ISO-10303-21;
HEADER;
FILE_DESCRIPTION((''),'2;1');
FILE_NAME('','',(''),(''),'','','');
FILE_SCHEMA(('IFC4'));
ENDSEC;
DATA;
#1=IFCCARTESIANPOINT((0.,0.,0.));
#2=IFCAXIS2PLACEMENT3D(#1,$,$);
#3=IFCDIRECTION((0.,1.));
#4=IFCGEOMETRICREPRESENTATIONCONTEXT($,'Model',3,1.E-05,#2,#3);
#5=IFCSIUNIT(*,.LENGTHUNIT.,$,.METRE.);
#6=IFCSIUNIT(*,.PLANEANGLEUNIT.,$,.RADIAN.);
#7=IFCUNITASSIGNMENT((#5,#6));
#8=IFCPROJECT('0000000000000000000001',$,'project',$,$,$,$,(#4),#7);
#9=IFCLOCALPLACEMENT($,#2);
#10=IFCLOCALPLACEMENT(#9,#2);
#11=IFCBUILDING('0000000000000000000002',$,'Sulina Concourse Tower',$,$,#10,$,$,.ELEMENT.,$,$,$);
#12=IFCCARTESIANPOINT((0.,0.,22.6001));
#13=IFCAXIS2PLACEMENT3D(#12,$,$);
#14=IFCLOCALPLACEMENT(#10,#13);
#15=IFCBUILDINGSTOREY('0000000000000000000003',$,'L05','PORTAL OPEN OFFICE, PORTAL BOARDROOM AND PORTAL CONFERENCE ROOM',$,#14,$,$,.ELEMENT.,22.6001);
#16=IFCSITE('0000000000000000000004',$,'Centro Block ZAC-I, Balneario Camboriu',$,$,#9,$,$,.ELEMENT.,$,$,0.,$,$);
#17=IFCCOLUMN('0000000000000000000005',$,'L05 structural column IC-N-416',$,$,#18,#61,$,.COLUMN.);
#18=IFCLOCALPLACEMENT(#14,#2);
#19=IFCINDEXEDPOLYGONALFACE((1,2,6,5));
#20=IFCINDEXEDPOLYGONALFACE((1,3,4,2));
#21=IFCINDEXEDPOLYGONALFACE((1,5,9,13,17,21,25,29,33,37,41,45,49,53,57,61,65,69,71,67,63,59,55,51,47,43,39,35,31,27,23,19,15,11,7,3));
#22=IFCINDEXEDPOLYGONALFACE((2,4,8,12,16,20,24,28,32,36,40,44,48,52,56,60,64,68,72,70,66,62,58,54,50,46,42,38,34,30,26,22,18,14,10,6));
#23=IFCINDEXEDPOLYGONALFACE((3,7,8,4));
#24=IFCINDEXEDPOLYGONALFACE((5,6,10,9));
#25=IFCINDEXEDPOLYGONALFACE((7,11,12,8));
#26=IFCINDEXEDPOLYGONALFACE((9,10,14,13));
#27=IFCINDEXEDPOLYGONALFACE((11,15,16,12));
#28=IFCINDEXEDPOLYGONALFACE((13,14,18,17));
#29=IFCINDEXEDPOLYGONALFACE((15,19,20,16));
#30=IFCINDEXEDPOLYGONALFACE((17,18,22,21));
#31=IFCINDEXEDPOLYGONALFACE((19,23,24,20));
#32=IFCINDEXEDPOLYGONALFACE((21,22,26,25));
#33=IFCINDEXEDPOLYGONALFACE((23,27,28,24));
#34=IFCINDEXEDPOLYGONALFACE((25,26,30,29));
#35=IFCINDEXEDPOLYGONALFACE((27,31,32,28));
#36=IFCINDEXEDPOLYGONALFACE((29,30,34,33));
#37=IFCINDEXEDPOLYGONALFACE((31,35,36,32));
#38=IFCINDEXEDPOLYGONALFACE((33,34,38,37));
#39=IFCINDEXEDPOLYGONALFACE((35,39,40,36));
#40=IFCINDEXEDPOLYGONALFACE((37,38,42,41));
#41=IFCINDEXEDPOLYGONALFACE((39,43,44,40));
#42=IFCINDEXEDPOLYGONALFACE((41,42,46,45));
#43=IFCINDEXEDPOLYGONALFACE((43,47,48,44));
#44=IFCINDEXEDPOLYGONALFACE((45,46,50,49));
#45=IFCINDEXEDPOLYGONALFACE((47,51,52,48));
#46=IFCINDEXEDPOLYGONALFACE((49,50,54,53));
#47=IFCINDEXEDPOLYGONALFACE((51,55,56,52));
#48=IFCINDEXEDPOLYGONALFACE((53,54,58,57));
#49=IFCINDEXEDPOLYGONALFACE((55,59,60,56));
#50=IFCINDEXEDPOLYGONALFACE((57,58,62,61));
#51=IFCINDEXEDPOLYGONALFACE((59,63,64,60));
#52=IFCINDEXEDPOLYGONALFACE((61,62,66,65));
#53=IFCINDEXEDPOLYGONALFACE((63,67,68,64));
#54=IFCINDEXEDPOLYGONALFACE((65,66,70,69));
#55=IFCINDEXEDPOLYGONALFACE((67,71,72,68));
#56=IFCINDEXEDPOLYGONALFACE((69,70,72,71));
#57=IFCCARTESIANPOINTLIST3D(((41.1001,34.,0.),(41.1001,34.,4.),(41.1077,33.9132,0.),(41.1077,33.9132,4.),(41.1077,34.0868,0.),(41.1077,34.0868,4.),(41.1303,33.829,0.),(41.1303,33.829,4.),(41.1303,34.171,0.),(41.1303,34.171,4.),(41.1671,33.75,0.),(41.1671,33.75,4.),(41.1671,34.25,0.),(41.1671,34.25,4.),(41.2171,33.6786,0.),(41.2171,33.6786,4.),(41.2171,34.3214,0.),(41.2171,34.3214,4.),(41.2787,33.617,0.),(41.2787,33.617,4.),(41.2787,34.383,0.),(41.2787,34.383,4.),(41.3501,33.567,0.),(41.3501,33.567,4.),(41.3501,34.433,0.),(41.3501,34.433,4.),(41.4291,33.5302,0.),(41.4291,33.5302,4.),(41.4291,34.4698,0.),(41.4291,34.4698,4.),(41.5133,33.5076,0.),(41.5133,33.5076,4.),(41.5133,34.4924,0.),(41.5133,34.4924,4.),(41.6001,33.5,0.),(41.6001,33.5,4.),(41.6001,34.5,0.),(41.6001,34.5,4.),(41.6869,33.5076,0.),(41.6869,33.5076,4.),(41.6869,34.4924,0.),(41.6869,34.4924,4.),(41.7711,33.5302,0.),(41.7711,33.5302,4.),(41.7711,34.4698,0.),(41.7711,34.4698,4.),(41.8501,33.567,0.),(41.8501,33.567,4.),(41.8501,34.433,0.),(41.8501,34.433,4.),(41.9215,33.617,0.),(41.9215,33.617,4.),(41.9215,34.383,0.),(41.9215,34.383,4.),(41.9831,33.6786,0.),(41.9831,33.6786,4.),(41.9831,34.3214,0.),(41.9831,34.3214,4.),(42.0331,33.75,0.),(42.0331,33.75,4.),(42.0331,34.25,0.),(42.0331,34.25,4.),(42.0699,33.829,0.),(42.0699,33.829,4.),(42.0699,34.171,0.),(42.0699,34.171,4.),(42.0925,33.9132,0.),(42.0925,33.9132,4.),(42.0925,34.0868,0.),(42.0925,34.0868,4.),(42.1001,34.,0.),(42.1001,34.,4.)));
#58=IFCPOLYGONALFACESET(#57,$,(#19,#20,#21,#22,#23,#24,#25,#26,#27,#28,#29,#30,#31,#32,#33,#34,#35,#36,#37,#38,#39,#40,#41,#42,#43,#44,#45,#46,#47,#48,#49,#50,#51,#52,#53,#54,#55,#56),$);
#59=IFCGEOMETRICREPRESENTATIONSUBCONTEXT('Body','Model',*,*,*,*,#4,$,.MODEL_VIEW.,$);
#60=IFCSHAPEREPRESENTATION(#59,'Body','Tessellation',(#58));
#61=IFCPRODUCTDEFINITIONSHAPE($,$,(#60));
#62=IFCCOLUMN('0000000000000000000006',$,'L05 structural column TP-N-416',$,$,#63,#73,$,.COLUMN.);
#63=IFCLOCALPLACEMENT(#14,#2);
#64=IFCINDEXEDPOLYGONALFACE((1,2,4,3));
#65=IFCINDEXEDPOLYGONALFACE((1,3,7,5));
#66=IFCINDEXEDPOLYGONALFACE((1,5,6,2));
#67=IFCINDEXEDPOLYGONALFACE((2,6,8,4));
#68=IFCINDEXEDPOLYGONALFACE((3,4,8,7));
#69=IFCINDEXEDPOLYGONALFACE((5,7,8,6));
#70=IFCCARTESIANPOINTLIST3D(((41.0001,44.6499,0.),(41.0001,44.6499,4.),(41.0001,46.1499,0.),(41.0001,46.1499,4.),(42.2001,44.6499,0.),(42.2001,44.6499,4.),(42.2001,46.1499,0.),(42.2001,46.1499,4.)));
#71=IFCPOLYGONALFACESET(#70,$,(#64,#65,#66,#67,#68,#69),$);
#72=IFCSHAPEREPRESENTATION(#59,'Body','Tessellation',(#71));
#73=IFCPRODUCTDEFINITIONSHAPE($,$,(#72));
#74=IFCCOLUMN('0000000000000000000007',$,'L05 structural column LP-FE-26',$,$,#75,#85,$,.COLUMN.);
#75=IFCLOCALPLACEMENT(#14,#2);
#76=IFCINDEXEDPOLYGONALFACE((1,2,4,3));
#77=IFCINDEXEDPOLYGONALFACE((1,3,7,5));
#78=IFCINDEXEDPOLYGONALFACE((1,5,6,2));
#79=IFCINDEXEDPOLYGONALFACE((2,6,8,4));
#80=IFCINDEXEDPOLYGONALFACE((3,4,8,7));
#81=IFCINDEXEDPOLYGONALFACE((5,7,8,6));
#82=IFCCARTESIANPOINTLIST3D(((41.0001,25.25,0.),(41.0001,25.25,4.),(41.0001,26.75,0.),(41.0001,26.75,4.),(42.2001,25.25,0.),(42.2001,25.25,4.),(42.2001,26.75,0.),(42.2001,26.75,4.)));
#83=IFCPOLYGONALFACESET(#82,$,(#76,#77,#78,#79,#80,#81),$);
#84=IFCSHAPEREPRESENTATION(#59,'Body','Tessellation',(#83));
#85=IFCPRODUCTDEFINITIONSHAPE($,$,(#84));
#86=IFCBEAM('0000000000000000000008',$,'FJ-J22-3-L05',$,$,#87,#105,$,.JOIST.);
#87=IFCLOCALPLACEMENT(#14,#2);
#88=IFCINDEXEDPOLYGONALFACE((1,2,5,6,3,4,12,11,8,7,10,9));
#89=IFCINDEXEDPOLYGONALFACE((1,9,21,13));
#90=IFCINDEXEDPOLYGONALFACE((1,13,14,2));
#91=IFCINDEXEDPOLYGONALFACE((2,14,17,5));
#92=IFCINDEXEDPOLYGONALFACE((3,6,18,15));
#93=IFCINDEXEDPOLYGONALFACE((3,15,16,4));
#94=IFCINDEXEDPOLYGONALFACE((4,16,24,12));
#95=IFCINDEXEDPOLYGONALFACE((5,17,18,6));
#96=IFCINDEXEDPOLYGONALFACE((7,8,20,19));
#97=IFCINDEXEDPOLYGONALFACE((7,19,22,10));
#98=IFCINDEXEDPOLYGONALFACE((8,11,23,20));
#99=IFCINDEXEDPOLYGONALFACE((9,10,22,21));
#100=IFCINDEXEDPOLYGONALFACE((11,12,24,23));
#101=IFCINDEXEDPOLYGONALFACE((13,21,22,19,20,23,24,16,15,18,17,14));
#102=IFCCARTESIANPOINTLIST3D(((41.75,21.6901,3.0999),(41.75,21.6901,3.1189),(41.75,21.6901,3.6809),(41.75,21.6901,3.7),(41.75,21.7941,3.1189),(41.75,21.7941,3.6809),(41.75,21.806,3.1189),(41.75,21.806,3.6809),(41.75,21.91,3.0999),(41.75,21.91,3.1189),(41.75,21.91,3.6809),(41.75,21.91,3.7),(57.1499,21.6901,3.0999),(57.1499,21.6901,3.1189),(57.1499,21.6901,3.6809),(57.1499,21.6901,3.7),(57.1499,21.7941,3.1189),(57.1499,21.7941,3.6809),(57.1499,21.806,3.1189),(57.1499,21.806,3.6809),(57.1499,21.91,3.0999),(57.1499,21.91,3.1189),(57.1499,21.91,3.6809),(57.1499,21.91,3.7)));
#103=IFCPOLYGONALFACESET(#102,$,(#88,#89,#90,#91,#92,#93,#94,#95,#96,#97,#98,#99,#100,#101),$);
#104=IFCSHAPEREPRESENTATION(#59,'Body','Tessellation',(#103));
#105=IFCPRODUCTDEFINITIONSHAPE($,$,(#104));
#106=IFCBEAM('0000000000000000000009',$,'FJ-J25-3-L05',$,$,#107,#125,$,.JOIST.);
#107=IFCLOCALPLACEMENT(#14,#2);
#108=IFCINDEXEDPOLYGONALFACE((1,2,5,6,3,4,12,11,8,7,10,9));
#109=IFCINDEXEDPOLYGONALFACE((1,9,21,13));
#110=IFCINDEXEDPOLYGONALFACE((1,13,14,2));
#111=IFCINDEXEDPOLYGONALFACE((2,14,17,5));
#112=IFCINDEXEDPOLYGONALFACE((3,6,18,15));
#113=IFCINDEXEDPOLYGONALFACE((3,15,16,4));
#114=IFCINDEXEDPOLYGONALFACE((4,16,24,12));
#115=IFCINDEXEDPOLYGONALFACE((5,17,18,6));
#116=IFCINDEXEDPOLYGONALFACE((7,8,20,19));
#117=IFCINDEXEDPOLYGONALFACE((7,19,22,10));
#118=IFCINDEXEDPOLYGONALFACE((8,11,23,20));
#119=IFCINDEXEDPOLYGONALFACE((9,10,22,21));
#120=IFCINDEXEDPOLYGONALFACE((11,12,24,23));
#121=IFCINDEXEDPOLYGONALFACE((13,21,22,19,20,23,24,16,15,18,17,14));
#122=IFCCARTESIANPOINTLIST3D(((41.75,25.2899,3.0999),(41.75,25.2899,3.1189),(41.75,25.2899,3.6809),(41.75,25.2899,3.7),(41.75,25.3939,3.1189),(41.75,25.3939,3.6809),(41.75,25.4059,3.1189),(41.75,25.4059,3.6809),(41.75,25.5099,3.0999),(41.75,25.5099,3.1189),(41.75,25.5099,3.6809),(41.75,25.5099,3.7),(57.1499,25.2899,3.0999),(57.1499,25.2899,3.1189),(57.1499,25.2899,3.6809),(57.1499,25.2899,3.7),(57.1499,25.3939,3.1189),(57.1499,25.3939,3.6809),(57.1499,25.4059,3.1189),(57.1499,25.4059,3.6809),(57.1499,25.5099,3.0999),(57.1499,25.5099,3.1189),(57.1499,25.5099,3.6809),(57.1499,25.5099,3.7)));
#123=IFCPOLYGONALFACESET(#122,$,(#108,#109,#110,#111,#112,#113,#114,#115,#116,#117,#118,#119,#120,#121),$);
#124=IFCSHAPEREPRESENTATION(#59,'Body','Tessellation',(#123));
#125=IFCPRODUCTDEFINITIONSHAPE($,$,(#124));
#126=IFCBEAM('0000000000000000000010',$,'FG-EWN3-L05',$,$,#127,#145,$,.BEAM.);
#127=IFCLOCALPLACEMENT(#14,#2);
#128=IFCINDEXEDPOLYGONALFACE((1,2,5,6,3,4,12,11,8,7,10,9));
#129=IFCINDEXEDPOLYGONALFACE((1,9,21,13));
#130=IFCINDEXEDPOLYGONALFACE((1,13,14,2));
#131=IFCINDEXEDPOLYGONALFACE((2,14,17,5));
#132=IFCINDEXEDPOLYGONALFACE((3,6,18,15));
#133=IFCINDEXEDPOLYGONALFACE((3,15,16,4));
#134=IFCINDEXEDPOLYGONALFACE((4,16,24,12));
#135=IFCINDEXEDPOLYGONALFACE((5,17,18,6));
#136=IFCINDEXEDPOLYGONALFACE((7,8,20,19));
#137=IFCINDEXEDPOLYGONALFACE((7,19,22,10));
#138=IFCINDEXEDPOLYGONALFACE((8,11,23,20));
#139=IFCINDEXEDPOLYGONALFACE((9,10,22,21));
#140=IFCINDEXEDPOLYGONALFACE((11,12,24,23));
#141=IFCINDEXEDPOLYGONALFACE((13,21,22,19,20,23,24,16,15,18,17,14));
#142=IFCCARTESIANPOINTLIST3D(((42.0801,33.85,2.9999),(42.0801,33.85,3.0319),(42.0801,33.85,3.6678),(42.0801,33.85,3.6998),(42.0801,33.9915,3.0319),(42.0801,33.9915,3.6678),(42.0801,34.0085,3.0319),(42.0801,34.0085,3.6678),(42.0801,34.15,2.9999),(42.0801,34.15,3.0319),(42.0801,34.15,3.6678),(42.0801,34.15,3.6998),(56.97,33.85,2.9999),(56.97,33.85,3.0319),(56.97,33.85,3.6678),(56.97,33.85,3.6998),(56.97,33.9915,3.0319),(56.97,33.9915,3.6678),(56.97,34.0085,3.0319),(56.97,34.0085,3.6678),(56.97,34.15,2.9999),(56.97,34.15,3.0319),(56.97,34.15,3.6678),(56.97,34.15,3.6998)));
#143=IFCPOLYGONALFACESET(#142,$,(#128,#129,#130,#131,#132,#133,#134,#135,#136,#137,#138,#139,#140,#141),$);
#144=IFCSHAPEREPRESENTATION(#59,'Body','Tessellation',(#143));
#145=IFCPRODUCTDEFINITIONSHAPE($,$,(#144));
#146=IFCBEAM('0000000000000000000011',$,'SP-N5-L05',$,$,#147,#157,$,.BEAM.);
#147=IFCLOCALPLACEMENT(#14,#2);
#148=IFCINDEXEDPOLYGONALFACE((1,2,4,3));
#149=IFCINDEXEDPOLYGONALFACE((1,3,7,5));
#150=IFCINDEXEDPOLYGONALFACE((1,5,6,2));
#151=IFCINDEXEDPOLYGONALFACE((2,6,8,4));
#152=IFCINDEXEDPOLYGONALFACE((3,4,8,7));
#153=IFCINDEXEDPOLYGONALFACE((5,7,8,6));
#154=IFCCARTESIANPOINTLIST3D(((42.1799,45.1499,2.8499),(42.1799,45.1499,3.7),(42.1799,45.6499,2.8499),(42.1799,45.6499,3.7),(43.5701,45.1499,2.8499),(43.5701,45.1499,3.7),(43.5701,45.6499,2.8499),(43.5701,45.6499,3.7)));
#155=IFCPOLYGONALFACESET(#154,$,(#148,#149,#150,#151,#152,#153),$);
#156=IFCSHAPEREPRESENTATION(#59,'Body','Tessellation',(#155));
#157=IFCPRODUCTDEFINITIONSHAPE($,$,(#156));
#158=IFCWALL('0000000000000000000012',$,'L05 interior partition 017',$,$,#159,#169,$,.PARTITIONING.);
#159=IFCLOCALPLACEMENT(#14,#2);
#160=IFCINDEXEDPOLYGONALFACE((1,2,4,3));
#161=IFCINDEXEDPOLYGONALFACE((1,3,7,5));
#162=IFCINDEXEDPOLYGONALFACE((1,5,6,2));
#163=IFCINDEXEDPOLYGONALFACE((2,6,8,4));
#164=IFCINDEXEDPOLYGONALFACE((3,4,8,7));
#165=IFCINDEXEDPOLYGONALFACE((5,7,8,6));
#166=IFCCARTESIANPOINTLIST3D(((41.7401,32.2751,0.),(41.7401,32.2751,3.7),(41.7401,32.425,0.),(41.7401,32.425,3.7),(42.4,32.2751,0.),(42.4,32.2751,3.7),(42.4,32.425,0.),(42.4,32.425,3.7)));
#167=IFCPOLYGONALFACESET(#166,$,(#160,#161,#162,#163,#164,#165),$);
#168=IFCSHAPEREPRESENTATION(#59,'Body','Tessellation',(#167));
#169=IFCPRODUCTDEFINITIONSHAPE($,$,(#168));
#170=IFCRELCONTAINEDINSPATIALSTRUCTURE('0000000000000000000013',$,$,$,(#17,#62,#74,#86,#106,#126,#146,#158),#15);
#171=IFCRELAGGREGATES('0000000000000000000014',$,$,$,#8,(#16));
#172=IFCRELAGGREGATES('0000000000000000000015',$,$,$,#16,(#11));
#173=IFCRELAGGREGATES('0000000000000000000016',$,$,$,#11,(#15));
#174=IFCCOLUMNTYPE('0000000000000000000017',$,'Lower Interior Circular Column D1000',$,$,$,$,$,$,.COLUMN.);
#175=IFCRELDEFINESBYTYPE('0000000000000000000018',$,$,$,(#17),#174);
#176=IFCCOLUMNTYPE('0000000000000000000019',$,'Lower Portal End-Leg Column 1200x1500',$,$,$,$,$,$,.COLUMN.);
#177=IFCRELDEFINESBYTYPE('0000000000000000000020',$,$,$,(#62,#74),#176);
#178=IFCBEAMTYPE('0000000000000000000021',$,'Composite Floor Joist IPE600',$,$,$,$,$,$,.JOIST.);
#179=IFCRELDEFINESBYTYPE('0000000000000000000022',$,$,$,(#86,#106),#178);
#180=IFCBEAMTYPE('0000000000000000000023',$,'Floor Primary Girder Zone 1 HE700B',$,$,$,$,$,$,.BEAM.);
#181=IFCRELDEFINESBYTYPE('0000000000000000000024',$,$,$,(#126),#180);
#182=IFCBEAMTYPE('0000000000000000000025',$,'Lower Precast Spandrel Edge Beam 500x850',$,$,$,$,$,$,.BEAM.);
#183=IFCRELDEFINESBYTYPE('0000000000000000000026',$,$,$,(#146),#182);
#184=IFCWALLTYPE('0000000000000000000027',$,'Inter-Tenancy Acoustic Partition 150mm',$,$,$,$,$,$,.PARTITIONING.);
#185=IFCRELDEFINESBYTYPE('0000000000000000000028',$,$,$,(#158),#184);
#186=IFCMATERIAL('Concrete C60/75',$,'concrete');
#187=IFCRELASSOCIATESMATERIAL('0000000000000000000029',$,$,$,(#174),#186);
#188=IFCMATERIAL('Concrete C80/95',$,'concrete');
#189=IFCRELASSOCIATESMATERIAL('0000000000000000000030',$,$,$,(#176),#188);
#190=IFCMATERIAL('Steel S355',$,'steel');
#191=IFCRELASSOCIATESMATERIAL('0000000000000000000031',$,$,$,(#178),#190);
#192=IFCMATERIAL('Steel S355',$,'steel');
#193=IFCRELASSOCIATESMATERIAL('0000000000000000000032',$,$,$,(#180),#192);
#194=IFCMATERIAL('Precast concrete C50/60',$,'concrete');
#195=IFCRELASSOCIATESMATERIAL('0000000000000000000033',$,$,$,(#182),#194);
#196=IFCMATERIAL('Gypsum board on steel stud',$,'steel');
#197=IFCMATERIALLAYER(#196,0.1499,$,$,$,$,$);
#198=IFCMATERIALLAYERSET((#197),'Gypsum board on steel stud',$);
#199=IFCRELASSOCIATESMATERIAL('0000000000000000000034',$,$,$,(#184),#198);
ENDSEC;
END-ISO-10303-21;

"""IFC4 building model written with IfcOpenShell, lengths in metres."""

from ifc_helpers import new_model, si_unit, direction, frame, frame_2d, origin, origin_2d, place, context, subcontext, project, spatial, rectangle, circle, i_section, extrude, material, layer, layer_set, material_profile, profile_set, type_object, element, save


model = new_model("IFC4")

# Units and contexts
model_context = context("Model", 3, precision=1e-05, world=origin(), true_north=direction((0.0, 1.0)))
body_context = subcontext(model_context, "Body", "Model", "MODEL_VIEW")
ifc_project = project(units=[si_unit("LENGTHUNIT", "METRE"), si_unit("PLANEANGLEUNIT", "RADIAN")], contexts=[model_context])

# Site, building, storey
site_placement = place(None, origin())
site = spatial("IfcSite", under=ifc_project, at=site_placement, Name="Centro Block ZAC-I, Balneario Camboriu", CompositionType="ELEMENT", RefElevation=0.0)
building_placement = place(site_placement, origin())
building = spatial("IfcBuilding", under=site, at=building_placement, Name="Sulina Concourse Tower", CompositionType="ELEMENT")
storey_placement = place(building_placement, frame((0.0, 0.0, 22.6001)))
storey = spatial("IfcBuildingStorey", under=building, at=storey_placement, Name="L05", Description="PORTAL OPEN OFFICE, PORTAL BOARDROOM AND PORTAL CONFERENCE ROOM", CompositionType="ELEMENT", Elevation=22.6001)

# Columns
ifc_material_1 = material(Name="Concrete C60/75", Category="concrete")
ifc_material_profile_1 = material_profile(ifc_material_1, circle(Radius=0.5, at=origin_2d()), Name="RC D1000")
ifc_profile_set_1 = profile_set([ifc_material_profile_1], Name="Concrete C60/75")
column_type_1 = type_object("IfcColumnType", Name="Lower Interior Circular Column D1000", PredefinedType="COLUMN", material=ifc_profile_set_1)
column_placement = place(storey_placement, frame((41.6001, 34.0, 0.0), z_axis=(0.0, 0.0, 1.0), x_axis=(1.0, 0.0, 0.0)))
element("IfcColumn", 1, at=column_placement, inside=storey, type_object=column_type_1, Name="L05 structural column IC-N-416", PredefinedType="COLUMN", context=body_context, shape_type="SweptSolid", body=[
    extrude(circle(Radius=0.5, at=origin_2d()), origin(), (0.0, 0.0, 1.0), 4.0),
])
ifc_material_2 = material(Name="Concrete C80/95", Category="concrete")
ifc_material_profile_2 = material_profile(ifc_material_2, rectangle(XDim=1.2, YDim=1.5, at=origin_2d()), Name="RC 1200x1500")
ifc_profile_set_2 = profile_set([ifc_material_profile_2], Name="Concrete C80/95")
column_type_2 = type_object("IfcColumnType", Name="Lower Portal End-Leg Column 1200x1500", PredefinedType="COLUMN", material=ifc_profile_set_2)
for number, where, z_axis, x_axis, name in (
    (2, (41.6001, 45.3999, 0.0), (0.0, 0.0, 1.0), (1.0, 0.0, 0.0), "L05 structural column TP-N-416"),
    (3, (41.6001, 26.0, 0.0), (0.0, 0.0, 1.0), (1.0, 0.0, 0.0), "L05 structural column LP-FE-26"),
):
    element("IfcColumn", number, at=place(storey_placement, frame(where, z_axis=z_axis, x_axis=x_axis)), inside=storey, type_object=column_type_2, Name=name, PredefinedType="COLUMN", context=body_context, shape_type="SweptSolid", body=[
        extrude(rectangle(XDim=1.2, YDim=1.5, at=origin_2d()), origin(), (0.0, 0.0, 1.0), 4.0),
    ])

# Beams
ifc_material_3 = material(Name="Steel S355", Category="steel")
ifc_material_profile_3 = material_profile(ifc_material_3, i_section(OverallWidth=0.22, OverallDepth=0.6001, WebThickness=0.012, FlangeThickness=0.019, at=origin_2d()), Name="IPE 600")
ifc_profile_set_3 = profile_set([ifc_material_profile_3], Name="Steel S355")
beam_type_1 = type_object("IfcBeamType", Name="Composite Floor Joist IPE600", PredefinedType="JOIST", material=ifc_profile_set_3)
for number, where, z_axis, x_axis, name in (
    (4, (41.75, 21.8, 3.3999), (1.0, 0.0, 0.0), (0.0, 1.0, 0.0), "FJ-J22-3-L05"),
    (5, (41.75, 25.3999, 3.3999), (1.0, 0.0, 0.0), (0.0, 1.0, 0.0), "FJ-J25-3-L05"),
):
    element("IfcBeam", number, at=place(storey_placement, frame(where, z_axis=z_axis, x_axis=x_axis)), inside=storey, type_object=beam_type_1, Name=name, PredefinedType="JOIST", context=body_context, shape_type="SweptSolid", body=[
        extrude(i_section(OverallWidth=0.22, OverallDepth=0.6001, WebThickness=0.012, FlangeThickness=0.019, at=origin_2d()), origin(), (0.0, 0.0, 1.0), 15.3999),
    ])
ifc_material_4 = material(Name="Steel S355", Category="steel")
ifc_material_profile_4 = material_profile(ifc_material_4, i_section(OverallWidth=0.3, OverallDepth=0.7, WebThickness=0.0171, FlangeThickness=0.032, at=origin_2d()), Name="HE 700 B")
ifc_profile_set_4 = profile_set([ifc_material_profile_4], Name="Steel S355")
beam_type_2 = type_object("IfcBeamType", Name="Floor Primary Girder Zone 1 HE700B", PredefinedType="BEAM", material=ifc_profile_set_4)
beam_1_placement = place(storey_placement, frame((42.0801, 34.0, 3.3499), z_axis=(1.0, 0.0, 0.0), x_axis=(0.0, 1.0, 0.0)))
element("IfcBeam", 6, at=beam_1_placement, inside=storey, type_object=beam_type_2, Name="FG-EWN3-L05", PredefinedType="BEAM", context=body_context, shape_type="SweptSolid", body=[
    extrude(i_section(OverallWidth=0.3, OverallDepth=0.7, WebThickness=0.0171, FlangeThickness=0.032, at=origin_2d()), origin(), (0.0, 0.0, 1.0), 14.8899),
])
ifc_material_5 = material(Name="Precast concrete C50/60", Category="concrete")
ifc_material_profile_5 = material_profile(ifc_material_5, rectangle(XDim=0.5, YDim=0.8501, at=origin_2d()), Name="RC 500x850")
ifc_profile_set_5 = profile_set([ifc_material_profile_5], Name="Precast concrete C50/60")
beam_type_3 = type_object("IfcBeamType", Name="Lower Precast Spandrel Edge Beam 500x850", PredefinedType="BEAM", material=ifc_profile_set_5)
beam_2_placement = place(storey_placement, frame((42.1799, 45.3999, 3.2749), z_axis=(1.0, 0.0, 0.0), x_axis=(0.0, 1.0, 0.0)))
element("IfcBeam", 7, at=beam_2_placement, inside=storey, type_object=beam_type_3, Name="SP-N5-L05", PredefinedType="BEAM", context=body_context, shape_type="SweptSolid", body=[
    extrude(rectangle(XDim=0.5, YDim=0.8501, at=origin_2d()), origin(), (0.0, 0.0, 1.0), 1.3901),
])

# Wall
ifc_material_6 = material(Name="Gypsum board on steel stud", Category="steel")
ifc_layer_1 = layer(ifc_material_6, 0.1499)
ifc_layer_set_1 = layer_set([ifc_layer_1], Name="Gypsum board on steel stud")
wall_type_1 = type_object("IfcWallType", Name="Inter-Tenancy Acoustic Partition 150mm", PredefinedType="PARTITIONING", material=ifc_layer_set_1)
wall_1_placement = place(storey_placement, frame((41.74, 32.3501, 0.0), z_axis=(0.0, 0.0, 1.0), x_axis=(1.0, 0.0, 0.0)))
element("IfcWall", 8, at=wall_1_placement, inside=storey, type_object=wall_type_1, Name="L05 interior partition 017", PredefinedType="PARTITIONING", context=body_context, shape_type="SweptSolid", body=[
    extrude(rectangle(XDim=0.6599, YDim=0.1499, at=frame_2d((0.3301, 0.0))), origin(), (0.0, 0.0, 1.0), 3.7),
])

save(model, "model.ifc")
